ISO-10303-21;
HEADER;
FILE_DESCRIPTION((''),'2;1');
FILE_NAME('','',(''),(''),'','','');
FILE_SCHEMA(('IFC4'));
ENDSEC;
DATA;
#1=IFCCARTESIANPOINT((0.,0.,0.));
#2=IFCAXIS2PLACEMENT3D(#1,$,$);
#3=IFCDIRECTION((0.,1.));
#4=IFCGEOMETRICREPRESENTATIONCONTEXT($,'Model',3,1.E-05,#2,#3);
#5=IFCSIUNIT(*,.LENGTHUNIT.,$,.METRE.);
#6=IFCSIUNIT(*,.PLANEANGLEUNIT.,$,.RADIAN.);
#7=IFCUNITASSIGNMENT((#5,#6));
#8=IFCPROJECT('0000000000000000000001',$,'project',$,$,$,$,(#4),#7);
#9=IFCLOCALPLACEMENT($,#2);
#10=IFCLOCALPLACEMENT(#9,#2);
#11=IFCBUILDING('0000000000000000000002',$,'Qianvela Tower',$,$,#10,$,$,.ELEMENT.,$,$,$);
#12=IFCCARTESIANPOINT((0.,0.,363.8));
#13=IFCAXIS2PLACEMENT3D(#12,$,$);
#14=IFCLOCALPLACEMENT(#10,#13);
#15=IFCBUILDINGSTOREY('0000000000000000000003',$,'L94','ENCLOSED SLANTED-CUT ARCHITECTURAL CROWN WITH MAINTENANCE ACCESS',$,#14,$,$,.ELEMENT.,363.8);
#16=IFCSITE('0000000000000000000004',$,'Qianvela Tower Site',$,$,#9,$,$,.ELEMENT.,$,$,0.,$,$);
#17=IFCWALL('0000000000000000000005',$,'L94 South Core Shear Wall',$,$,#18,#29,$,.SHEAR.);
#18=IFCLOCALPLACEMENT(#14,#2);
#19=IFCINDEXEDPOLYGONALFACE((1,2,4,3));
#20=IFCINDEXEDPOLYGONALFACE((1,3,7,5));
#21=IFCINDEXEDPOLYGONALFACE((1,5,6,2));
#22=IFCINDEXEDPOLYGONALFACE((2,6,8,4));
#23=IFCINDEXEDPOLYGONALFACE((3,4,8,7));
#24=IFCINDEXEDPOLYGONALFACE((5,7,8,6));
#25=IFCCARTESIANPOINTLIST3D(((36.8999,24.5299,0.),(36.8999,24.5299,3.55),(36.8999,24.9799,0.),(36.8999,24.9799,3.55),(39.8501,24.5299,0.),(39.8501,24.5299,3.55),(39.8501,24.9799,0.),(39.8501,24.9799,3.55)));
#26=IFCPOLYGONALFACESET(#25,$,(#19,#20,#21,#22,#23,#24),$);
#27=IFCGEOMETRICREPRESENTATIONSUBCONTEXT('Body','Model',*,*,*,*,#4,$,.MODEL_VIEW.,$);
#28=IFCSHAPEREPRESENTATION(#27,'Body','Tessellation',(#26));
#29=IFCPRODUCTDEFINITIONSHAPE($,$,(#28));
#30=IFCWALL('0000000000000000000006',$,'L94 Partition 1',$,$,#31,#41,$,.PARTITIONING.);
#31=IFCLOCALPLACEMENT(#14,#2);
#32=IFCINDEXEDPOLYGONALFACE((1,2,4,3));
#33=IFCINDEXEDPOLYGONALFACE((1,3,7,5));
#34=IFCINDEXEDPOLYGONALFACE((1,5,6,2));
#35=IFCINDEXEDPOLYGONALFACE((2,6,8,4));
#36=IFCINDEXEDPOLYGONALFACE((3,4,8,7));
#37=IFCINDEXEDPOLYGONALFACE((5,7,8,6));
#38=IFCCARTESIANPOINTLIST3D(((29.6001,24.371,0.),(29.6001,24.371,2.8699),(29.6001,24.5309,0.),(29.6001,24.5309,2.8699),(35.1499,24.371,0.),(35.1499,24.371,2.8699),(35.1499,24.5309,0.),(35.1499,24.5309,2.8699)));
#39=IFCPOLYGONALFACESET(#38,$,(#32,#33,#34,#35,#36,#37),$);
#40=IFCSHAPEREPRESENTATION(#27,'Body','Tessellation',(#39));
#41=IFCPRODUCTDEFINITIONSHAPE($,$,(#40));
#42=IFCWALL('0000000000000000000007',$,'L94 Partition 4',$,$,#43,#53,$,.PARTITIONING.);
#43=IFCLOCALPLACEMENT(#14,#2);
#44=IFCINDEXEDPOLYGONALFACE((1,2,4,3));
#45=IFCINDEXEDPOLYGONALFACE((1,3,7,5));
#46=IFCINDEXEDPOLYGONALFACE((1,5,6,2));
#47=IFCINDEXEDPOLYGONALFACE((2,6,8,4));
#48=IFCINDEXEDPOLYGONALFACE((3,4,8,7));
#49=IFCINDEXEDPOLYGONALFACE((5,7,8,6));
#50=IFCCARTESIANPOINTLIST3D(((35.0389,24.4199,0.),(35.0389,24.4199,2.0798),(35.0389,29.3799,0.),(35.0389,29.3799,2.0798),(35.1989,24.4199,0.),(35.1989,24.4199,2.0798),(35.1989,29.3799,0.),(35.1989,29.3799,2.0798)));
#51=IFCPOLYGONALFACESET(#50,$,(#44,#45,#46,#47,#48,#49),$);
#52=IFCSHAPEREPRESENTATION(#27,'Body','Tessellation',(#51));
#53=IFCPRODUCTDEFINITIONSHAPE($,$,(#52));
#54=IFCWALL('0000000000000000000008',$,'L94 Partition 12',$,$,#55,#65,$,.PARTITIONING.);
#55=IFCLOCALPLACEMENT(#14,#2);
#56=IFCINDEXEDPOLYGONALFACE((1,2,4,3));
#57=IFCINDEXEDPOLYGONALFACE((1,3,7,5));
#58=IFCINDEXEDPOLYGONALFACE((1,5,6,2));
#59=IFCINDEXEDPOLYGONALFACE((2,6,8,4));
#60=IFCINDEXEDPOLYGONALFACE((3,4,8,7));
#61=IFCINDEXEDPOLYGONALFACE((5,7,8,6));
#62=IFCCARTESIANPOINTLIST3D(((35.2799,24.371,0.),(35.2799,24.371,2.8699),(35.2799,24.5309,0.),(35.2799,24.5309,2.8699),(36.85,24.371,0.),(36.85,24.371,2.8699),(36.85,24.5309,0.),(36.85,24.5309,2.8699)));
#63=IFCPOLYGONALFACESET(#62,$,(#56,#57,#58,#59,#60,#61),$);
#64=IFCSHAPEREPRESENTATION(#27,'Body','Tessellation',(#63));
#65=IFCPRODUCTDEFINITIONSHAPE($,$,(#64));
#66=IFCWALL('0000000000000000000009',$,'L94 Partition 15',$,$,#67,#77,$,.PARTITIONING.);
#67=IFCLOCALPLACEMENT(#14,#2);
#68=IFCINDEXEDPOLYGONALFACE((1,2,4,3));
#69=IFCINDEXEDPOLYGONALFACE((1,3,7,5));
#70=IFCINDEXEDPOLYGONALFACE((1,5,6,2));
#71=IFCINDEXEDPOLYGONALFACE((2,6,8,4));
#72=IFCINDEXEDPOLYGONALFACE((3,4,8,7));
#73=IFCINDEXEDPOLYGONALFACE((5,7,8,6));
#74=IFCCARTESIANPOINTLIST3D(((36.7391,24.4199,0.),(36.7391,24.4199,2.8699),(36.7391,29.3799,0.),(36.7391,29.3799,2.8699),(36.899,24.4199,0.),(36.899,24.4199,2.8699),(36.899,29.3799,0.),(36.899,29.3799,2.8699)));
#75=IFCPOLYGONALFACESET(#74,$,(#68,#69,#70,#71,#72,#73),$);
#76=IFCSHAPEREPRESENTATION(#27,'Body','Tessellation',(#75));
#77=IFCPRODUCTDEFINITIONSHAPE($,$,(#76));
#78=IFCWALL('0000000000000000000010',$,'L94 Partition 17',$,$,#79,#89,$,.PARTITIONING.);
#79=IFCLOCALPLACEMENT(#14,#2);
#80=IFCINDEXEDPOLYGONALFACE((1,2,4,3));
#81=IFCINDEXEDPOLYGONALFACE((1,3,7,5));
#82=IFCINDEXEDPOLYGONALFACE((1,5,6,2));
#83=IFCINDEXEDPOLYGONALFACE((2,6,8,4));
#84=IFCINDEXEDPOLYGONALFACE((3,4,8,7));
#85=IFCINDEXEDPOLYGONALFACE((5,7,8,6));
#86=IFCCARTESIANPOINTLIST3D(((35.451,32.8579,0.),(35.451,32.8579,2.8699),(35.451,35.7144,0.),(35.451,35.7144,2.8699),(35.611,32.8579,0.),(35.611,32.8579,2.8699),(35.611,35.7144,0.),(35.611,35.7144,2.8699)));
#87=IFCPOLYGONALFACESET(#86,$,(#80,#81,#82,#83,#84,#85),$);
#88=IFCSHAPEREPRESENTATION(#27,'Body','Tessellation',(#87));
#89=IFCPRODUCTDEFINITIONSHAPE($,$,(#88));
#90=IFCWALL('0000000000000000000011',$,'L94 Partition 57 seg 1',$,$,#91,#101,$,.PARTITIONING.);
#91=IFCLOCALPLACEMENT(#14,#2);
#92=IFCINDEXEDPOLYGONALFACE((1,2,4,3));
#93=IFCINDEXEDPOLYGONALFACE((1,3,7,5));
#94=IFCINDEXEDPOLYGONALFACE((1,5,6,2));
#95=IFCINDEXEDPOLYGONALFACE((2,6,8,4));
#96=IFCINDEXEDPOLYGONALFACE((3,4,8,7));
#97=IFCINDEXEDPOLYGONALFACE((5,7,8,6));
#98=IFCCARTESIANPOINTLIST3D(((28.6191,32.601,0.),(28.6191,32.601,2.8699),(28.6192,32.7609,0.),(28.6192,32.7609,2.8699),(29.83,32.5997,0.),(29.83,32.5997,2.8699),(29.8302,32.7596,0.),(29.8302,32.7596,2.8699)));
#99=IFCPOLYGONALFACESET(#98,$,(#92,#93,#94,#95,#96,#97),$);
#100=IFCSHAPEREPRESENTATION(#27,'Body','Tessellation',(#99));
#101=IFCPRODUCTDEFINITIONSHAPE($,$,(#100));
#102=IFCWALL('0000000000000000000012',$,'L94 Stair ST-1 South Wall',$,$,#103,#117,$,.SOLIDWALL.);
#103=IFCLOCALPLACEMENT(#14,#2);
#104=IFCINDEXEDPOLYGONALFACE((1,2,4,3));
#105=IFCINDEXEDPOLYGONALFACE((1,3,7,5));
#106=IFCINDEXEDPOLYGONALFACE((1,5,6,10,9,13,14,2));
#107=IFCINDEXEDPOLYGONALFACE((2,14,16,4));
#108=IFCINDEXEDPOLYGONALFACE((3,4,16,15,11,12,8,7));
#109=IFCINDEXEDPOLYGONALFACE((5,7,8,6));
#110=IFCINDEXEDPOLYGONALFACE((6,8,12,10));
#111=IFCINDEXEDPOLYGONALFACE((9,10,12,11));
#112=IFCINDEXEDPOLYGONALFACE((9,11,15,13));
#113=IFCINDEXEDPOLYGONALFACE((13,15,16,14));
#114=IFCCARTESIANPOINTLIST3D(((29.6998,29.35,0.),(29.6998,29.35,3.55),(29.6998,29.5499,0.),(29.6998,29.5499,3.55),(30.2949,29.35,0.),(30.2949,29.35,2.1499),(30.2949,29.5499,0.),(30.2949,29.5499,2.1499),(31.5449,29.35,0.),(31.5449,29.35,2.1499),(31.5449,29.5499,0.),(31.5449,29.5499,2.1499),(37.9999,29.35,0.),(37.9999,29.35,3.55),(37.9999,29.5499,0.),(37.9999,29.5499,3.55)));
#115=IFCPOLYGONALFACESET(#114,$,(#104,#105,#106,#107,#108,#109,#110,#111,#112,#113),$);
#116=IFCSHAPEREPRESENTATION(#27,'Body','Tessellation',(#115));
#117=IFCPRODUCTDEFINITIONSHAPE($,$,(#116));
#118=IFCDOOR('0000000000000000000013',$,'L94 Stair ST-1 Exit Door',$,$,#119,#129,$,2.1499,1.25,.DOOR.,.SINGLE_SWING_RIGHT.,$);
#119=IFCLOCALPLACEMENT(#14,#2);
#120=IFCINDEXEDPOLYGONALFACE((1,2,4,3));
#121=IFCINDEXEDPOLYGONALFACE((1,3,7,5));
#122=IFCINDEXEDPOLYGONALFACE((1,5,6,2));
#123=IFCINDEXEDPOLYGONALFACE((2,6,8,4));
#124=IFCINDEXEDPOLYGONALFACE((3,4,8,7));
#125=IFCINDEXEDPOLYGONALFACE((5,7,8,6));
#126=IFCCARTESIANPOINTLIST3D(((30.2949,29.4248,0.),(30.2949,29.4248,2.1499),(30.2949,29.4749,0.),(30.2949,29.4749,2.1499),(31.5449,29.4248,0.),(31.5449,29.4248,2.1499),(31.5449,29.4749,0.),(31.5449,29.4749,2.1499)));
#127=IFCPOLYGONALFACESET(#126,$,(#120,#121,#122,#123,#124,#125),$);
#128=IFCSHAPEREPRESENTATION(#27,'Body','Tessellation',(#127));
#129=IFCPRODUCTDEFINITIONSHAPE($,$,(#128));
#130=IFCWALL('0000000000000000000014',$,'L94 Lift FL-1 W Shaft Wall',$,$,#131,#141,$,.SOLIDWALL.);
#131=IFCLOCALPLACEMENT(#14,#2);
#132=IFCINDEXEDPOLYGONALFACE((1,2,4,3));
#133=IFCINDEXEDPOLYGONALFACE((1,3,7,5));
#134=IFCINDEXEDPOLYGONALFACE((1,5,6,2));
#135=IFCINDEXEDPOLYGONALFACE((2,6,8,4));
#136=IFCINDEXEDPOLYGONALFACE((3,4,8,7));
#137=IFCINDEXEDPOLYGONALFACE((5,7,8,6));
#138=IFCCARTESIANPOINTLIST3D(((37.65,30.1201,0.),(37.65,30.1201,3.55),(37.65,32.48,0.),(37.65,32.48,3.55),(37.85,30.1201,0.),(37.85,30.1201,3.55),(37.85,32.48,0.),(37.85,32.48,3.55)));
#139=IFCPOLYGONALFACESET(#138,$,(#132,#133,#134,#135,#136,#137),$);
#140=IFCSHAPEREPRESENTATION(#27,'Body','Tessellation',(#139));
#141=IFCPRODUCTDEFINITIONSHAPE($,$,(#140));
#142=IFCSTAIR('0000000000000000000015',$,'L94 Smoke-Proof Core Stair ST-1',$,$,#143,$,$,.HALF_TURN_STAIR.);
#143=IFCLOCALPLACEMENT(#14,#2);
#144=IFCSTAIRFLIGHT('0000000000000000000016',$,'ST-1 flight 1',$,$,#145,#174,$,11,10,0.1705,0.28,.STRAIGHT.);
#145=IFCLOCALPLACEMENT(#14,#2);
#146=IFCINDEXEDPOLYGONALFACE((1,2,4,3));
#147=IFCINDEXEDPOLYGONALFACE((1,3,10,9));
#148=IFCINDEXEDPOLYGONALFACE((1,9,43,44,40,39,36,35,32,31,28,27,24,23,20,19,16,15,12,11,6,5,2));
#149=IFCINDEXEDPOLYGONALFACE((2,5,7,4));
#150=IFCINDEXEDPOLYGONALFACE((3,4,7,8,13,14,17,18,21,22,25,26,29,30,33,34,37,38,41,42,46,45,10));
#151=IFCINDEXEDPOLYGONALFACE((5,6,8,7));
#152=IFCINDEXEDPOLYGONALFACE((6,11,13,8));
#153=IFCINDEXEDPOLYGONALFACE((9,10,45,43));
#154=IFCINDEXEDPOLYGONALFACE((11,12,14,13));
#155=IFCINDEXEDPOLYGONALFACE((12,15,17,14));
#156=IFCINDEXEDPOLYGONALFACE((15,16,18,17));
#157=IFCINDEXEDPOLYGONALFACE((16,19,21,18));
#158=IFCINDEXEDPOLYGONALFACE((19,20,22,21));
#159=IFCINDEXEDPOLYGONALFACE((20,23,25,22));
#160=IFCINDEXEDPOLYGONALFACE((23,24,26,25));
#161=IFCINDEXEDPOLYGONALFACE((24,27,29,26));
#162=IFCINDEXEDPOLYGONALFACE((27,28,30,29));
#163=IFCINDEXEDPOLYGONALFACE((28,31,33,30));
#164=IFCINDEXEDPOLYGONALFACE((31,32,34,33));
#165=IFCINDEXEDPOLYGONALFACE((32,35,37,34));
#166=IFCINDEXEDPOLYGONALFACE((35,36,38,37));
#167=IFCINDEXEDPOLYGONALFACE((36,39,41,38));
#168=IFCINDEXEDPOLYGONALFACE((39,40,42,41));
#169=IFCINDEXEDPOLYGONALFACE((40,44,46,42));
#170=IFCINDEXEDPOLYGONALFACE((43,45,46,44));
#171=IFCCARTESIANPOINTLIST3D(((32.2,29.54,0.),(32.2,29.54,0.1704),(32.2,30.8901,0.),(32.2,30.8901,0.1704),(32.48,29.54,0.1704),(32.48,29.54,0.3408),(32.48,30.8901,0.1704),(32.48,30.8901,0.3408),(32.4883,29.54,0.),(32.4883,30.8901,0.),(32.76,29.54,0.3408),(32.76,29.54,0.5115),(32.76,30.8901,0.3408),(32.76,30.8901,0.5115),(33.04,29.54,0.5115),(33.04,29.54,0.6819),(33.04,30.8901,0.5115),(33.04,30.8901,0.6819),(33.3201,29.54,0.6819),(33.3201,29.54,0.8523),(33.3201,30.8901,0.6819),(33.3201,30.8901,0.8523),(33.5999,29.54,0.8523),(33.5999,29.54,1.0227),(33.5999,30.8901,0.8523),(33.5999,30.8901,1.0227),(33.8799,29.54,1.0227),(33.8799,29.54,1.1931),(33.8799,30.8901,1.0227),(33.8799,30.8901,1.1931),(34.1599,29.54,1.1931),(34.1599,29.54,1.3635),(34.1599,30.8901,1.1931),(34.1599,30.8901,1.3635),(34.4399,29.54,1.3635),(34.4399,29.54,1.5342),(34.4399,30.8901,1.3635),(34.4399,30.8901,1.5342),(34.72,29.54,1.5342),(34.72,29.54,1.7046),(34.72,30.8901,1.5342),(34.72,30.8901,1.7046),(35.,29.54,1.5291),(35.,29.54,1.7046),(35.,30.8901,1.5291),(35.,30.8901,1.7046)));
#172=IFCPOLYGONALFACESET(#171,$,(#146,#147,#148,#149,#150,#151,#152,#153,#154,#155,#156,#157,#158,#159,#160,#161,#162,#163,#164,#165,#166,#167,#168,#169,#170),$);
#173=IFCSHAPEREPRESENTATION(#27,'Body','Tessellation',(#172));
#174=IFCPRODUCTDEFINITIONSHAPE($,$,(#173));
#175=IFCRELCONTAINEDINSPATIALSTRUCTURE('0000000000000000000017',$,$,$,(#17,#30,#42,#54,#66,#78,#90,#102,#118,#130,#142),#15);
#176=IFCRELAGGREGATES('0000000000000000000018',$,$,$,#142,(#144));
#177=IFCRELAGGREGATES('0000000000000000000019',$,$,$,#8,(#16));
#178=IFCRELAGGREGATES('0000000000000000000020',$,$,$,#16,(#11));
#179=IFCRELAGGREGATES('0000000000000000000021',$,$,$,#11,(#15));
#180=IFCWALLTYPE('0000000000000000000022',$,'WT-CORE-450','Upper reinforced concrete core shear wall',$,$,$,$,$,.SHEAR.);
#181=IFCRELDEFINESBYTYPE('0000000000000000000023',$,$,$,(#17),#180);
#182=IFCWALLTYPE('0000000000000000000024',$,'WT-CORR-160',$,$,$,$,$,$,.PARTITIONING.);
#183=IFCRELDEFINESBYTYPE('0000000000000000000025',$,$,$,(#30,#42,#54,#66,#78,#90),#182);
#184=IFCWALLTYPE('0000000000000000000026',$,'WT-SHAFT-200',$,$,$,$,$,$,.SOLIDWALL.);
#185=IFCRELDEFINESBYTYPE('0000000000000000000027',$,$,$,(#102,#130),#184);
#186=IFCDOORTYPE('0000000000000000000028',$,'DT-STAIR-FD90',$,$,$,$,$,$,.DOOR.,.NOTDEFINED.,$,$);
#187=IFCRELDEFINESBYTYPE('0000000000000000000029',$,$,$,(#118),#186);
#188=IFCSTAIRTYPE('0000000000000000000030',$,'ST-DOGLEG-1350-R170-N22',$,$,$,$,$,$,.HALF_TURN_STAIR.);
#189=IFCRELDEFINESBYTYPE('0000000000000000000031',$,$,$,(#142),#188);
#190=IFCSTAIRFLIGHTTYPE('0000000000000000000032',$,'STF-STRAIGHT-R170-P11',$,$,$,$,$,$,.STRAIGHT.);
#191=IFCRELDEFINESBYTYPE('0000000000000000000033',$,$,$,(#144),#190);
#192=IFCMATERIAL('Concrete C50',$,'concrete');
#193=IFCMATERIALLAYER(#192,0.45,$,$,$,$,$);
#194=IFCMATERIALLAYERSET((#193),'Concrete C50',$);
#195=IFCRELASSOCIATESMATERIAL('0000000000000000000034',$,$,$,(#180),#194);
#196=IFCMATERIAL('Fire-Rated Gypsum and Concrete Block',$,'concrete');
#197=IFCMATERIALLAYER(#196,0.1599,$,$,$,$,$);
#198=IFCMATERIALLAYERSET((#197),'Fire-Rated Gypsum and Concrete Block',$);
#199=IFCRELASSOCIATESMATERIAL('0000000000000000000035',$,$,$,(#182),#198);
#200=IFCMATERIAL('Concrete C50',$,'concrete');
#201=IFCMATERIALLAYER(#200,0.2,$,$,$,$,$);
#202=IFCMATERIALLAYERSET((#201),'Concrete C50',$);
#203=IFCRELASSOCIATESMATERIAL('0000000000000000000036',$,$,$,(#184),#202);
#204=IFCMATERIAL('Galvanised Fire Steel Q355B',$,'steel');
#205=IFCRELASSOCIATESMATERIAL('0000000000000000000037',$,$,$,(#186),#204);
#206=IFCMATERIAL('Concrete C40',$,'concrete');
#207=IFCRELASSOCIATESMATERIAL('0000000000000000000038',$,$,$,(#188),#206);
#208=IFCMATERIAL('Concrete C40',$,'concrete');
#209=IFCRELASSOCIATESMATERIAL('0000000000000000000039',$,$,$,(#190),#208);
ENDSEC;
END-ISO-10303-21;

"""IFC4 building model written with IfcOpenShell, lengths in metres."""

from ifc_helpers import new_model, si_unit, direction, frame, frame_2d, origin, place, context, subcontext, project, spatial, polyline, rectangle, outline, extrude, material, layer, layer_set, type_object, element, fill, aggregate, save


model = new_model("IFC4")

# Units and contexts
model_context = context("Model", 3, precision=1e-05, world=origin(), true_north=direction((0.0, 1.0)))
body_context = subcontext(model_context, "Body", "Model", "MODEL_VIEW")
ifc_project = project(units=[si_unit("LENGTHUNIT", "METRE"), si_unit("PLANEANGLEUNIT", "RADIAN")], contexts=[model_context])

# Site, building, storey
site_placement = place(None, origin())
site = spatial("IfcSite", under=ifc_project, at=site_placement, Name="Qianvela Tower Site", CompositionType="ELEMENT", RefElevation=0.0)
building_placement = place(site_placement, origin())
building = spatial("IfcBuilding", under=site, at=building_placement, Name="Qianvela Tower", CompositionType="ELEMENT")
storey_placement = place(building_placement, frame((0.0, 0.0, 363.8)))
storey = spatial("IfcBuildingStorey", under=building, at=storey_placement, Name="L94", Description="ENCLOSED SLANTED-CUT ARCHITECTURAL CROWN WITH MAINTENANCE ACCESS", CompositionType="ELEMENT", Elevation=363.8)

# Walls
ifc_material_1 = material(Name="Concrete C50", Category="concrete")
ifc_layer_1 = layer(ifc_material_1, 0.45)
ifc_layer_set_1 = layer_set([ifc_layer_1], Name="Concrete C50")
wall_type_1 = type_object("IfcWallType", Name="WT-CORE-450", Description="Upper reinforced concrete core shear wall", PredefinedType="SHEAR", material=ifc_layer_set_1)
wall_1_placement = place(storey_placement, frame((36.8999, 24.7549, 0.0), z_axis=(0.0, 0.0, 1.0), x_axis=(1.0, 0.0, 0.0)))
element("IfcWall", 1, at=wall_1_placement, inside=storey, type_object=wall_type_1, Name="L94 South Core Shear Wall", PredefinedType="SHEAR", context=body_context, shape_type="SweptSolid", body=[
    extrude(rectangle(XDim=2.9502, YDim=0.45, at=frame_2d((1.4751, 0.0))), origin(), (0.0, 0.0, 1.0), 3.55),
])
ifc_material_2 = material(Name="Fire-Rated Gypsum and Concrete Block", Category="concrete")
ifc_layer_2 = layer(ifc_material_2, 0.1599)
ifc_layer_set_2 = layer_set([ifc_layer_2], Name="Fire-Rated Gypsum and Concrete Block")
wall_type_2 = type_object("IfcWallType", Name="WT-CORR-160", PredefinedType="PARTITIONING", material=ifc_layer_set_2)
wall_2_placement = place(storey_placement, frame((35.1499, 24.4509, 0.0), z_axis=(0.0, 0.0, 1.0), x_axis=(-1.0, 0.0, 0.0)))
element("IfcWall", 2, at=wall_2_placement, inside=storey, type_object=wall_type_2, Name="L94 Partition 1", PredefinedType="PARTITIONING", context=body_context, shape_type="SweptSolid", body=[
    extrude(rectangle(XDim=5.5498, YDim=0.1599, at=frame_2d((2.7749, 0.0))), origin(), (0.0, 0.0, 1.0), 2.8699),
])
wall_3_placement = place(storey_placement, frame((35.1189, 29.3799, 0.0), z_axis=(0.0, 0.0, 1.0), x_axis=(0.0, -1.0, 0.0)))
element("IfcWall", 3, at=wall_3_placement, inside=storey, type_object=wall_type_2, Name="L94 Partition 4", PredefinedType="PARTITIONING", context=body_context, shape_type="SweptSolid", body=[
    extrude(rectangle(XDim=4.96, YDim=0.1599, at=frame_2d((2.48, 0.0))), origin(), (0.0, 0.0, 1.0), 2.0798),
])
wall_4_placement = place(storey_placement, frame((36.8501, 24.4509, 0.0), z_axis=(0.0, 0.0, 1.0), x_axis=(-1.0, 0.0, 0.0)))
element("IfcWall", 4, at=wall_4_placement, inside=storey, type_object=wall_type_2, Name="L94 Partition 12", PredefinedType="PARTITIONING", context=body_context, shape_type="SweptSolid", body=[
    extrude(rectangle(XDim=1.5701, YDim=0.1599, at=frame_2d((0.7852, 0.0))), origin(), (0.0, 0.0, 1.0), 2.8699),
])
wall_5_placement = place(storey_placement, frame((36.8191, 29.3799, 0.0), z_axis=(0.0, 0.0, 1.0), x_axis=(0.0, -1.0, 0.0)))
element("IfcWall", 5, at=wall_5_placement, inside=storey, type_object=wall_type_2, Name="L94 Partition 15", PredefinedType="PARTITIONING", context=body_context, shape_type="SweptSolid", body=[
    extrude(rectangle(XDim=4.96, YDim=0.1599, at=frame_2d((2.48, 0.0))), origin(), (0.0, 0.0, 1.0), 2.8699),
])
wall_6_placement = place(storey_placement, frame((35.531, 32.8579, 0.0), z_axis=(0.0, 0.0, 1.0), x_axis=(0.0, 1.0, 0.0)))
element("IfcWall", 6, at=wall_6_placement, inside=storey, type_object=wall_type_2, Name="L94 Partition 17", PredefinedType="PARTITIONING", context=body_context, shape_type="SweptSolid", body=[
    extrude(rectangle(XDim=2.8564, YDim=0.1599, at=frame_2d((1.4282, 0.0))), origin(), (0.0, 0.0, 1.0), 2.8699),
])

# Wall
wall_7_placement = place(storey_placement, frame((29.8301, 32.6797, 0.0), z_axis=(0.0, 0.0, 1.0), x_axis=(-0.999999, 0.001008, 0.0)))
element("IfcWall", 7, at=wall_7_placement, inside=storey, type_object=wall_type_2, Name="L94 Partition 57 seg 1", PredefinedType="PARTITIONING", context=body_context, shape_type="SweptSolid", body=[
    extrude(rectangle(XDim=1.2109, YDim=0.1599, at=frame_2d((0.6055, 0.0))), origin(), (0.0, 0.0, 1.0), 2.8699),
])

# Wall, opening, door
ifc_material_3 = material(Name="Concrete C50", Category="concrete")
ifc_layer_3 = layer(ifc_material_3, 0.2)
ifc_layer_set_3 = layer_set([ifc_layer_3], Name="Concrete C50")
wall_type_3 = type_object("IfcWallType", Name="WT-SHAFT-200", PredefinedType="SOLIDWALL", material=ifc_layer_set_3)
wall_8_placement = place(storey_placement, frame((29.7, 29.45, 0.0), z_axis=(0.0, 0.0, 1.0), x_axis=(1.0, 0.0, 0.0)))
wall_8 = element("IfcWall", 8, at=wall_8_placement, inside=storey, type_object=wall_type_3, Name="L94 Stair ST-1 South Wall", PredefinedType="SOLIDWALL", context=body_context, shape_type="SweptSolid", body=[
    extrude(rectangle(XDim=8.3, YDim=0.2, at=frame_2d((4.1499, 0.0))), origin(), (0.0, 0.0, 1.0), 3.55),
])
opening_1_placement = place(wall_8_placement, frame((0.595, 0.0, 0.0)))
opening_1 = element("IfcOpeningElement", 9, at=opening_1_placement, cuts=wall_8, PredefinedType="OPENING", context=body_context, shape_type="SweptSolid", body=[
    extrude(rectangle(XDim=1.25, YDim=2.1499, at=frame_2d((0.625, 1.075))), frame((0.0, 0.1099, 0.0), z_axis=(0.0, -1.0, 0.0), x_axis=(1.0, 0.0, 0.0)), (0.0, 0.0, 1.0), 0.22),
])
ifc_material_4 = material(Name="Galvanised Fire Steel Q355B", Category="steel")
door_type_1 = type_object("IfcDoorType", Name="DT-STAIR-FD90", OperationType="NOTDEFINED", PredefinedType="DOOR", material=ifc_material_4)
door_1_placement = place(opening_1_placement, origin())
door_1 = element("IfcDoor", 10, at=door_1_placement, inside=storey, type_object=door_type_1, Name="L94 Stair ST-1 Exit Door", OperationType="SINGLE_SWING_RIGHT", OverallHeight=2.1499, OverallWidth=1.25, PredefinedType="DOOR", context=body_context, shape_type="SweptSolid", body=[
    extrude(rectangle(XDim=1.25, YDim=2.1499, at=frame_2d((0.625, 1.075))), frame((0.0, 0.0249, 0.0), z_axis=(0.0, -1.0, 0.0), x_axis=(1.0, 0.0, 0.0)), (0.0, 0.0, 1.0), 0.05),
])
fill(opening_1, door_1)

# Wall
wall_9_placement = place(storey_placement, frame((37.75, 30.1201, 0.0), z_axis=(0.0, 0.0, 1.0), x_axis=(0.0, 1.0, 0.0)))
element("IfcWall", 11, at=wall_9_placement, inside=storey, type_object=wall_type_3, Name="L94 Lift FL-1 W Shaft Wall", PredefinedType="SOLIDWALL", context=body_context, shape_type="SweptSolid", body=[
    extrude(rectangle(XDim=2.3599, YDim=0.2, at=frame_2d((1.1799, 0.0))), origin(), (0.0, 0.0, 1.0), 3.55),
])

# Stair, stair flight
ifc_material_5 = material(Name="Concrete C40", Category="concrete")
stair_type = type_object("IfcStairType", Name="ST-DOGLEG-1350-R170-N22", PredefinedType="HALF_TURN_STAIR", material=ifc_material_5)
stair_placement = place(storey_placement, origin())
stair = element("IfcStair", 12, at=stair_placement, inside=storey, type_object=stair_type, Name="L94 Smoke-Proof Core Stair ST-1", PredefinedType="HALF_TURN_STAIR")
ifc_material_6 = material(Name="Concrete C40", Category="concrete")
stair_flight_type = type_object("IfcStairFlightType", Name="STF-STRAIGHT-R170-P11", PredefinedType="STRAIGHT", material=ifc_material_6)
stair_flight_1_placement = place(storey_placement, frame((32.2, 30.2151, 0.0), z_axis=(0.0, 0.0, 1.0), x_axis=(1.0, 0.0, 0.0)))
stair_flight_1 = element("IfcStairFlight", 13, at=stair_flight_1_placement, type_object=stair_flight_type, Name="ST-1 flight 1", NumberOfRisers=11, NumberOfTreads=10, PredefinedType="STRAIGHT", RiserHeight=0.1705, TreadLength=0.28, context=body_context, shape_type="SweptSolid", body=[
    extrude(outline(polyline([(0.0, 0.0), (0.0, 0.1704), (0.28, 0.1704), (0.28, 0.3408), (0.5601, 0.3408), (0.5601, 0.5115), (0.8401, 0.5115), (0.8401, 0.6819), (1.1201, 0.6819), (1.1201, 0.8523), (1.3999, 0.8523), (1.3999, 1.0227), (1.6799, 1.0227), (1.6799, 1.1931), (1.96, 1.1931), (1.96, 1.3635), (2.24, 1.3635), (2.24, 1.5342), (2.52, 1.5342), (2.52, 1.7046), (2.8, 1.7046), (2.8, 1.875), (2.8, 1.5291), (0.2883, 0.0), (0.0, 0.0)])), frame((0.0, 0.675, 0.0), z_axis=(0.0, -1.0, 0.0), x_axis=(1.0, 0.0, 0.0)), (0.0, 0.0, 1.0), 1.3501),
])
aggregate(stair, [stair_flight_1])

save(model, "model.ifc")
